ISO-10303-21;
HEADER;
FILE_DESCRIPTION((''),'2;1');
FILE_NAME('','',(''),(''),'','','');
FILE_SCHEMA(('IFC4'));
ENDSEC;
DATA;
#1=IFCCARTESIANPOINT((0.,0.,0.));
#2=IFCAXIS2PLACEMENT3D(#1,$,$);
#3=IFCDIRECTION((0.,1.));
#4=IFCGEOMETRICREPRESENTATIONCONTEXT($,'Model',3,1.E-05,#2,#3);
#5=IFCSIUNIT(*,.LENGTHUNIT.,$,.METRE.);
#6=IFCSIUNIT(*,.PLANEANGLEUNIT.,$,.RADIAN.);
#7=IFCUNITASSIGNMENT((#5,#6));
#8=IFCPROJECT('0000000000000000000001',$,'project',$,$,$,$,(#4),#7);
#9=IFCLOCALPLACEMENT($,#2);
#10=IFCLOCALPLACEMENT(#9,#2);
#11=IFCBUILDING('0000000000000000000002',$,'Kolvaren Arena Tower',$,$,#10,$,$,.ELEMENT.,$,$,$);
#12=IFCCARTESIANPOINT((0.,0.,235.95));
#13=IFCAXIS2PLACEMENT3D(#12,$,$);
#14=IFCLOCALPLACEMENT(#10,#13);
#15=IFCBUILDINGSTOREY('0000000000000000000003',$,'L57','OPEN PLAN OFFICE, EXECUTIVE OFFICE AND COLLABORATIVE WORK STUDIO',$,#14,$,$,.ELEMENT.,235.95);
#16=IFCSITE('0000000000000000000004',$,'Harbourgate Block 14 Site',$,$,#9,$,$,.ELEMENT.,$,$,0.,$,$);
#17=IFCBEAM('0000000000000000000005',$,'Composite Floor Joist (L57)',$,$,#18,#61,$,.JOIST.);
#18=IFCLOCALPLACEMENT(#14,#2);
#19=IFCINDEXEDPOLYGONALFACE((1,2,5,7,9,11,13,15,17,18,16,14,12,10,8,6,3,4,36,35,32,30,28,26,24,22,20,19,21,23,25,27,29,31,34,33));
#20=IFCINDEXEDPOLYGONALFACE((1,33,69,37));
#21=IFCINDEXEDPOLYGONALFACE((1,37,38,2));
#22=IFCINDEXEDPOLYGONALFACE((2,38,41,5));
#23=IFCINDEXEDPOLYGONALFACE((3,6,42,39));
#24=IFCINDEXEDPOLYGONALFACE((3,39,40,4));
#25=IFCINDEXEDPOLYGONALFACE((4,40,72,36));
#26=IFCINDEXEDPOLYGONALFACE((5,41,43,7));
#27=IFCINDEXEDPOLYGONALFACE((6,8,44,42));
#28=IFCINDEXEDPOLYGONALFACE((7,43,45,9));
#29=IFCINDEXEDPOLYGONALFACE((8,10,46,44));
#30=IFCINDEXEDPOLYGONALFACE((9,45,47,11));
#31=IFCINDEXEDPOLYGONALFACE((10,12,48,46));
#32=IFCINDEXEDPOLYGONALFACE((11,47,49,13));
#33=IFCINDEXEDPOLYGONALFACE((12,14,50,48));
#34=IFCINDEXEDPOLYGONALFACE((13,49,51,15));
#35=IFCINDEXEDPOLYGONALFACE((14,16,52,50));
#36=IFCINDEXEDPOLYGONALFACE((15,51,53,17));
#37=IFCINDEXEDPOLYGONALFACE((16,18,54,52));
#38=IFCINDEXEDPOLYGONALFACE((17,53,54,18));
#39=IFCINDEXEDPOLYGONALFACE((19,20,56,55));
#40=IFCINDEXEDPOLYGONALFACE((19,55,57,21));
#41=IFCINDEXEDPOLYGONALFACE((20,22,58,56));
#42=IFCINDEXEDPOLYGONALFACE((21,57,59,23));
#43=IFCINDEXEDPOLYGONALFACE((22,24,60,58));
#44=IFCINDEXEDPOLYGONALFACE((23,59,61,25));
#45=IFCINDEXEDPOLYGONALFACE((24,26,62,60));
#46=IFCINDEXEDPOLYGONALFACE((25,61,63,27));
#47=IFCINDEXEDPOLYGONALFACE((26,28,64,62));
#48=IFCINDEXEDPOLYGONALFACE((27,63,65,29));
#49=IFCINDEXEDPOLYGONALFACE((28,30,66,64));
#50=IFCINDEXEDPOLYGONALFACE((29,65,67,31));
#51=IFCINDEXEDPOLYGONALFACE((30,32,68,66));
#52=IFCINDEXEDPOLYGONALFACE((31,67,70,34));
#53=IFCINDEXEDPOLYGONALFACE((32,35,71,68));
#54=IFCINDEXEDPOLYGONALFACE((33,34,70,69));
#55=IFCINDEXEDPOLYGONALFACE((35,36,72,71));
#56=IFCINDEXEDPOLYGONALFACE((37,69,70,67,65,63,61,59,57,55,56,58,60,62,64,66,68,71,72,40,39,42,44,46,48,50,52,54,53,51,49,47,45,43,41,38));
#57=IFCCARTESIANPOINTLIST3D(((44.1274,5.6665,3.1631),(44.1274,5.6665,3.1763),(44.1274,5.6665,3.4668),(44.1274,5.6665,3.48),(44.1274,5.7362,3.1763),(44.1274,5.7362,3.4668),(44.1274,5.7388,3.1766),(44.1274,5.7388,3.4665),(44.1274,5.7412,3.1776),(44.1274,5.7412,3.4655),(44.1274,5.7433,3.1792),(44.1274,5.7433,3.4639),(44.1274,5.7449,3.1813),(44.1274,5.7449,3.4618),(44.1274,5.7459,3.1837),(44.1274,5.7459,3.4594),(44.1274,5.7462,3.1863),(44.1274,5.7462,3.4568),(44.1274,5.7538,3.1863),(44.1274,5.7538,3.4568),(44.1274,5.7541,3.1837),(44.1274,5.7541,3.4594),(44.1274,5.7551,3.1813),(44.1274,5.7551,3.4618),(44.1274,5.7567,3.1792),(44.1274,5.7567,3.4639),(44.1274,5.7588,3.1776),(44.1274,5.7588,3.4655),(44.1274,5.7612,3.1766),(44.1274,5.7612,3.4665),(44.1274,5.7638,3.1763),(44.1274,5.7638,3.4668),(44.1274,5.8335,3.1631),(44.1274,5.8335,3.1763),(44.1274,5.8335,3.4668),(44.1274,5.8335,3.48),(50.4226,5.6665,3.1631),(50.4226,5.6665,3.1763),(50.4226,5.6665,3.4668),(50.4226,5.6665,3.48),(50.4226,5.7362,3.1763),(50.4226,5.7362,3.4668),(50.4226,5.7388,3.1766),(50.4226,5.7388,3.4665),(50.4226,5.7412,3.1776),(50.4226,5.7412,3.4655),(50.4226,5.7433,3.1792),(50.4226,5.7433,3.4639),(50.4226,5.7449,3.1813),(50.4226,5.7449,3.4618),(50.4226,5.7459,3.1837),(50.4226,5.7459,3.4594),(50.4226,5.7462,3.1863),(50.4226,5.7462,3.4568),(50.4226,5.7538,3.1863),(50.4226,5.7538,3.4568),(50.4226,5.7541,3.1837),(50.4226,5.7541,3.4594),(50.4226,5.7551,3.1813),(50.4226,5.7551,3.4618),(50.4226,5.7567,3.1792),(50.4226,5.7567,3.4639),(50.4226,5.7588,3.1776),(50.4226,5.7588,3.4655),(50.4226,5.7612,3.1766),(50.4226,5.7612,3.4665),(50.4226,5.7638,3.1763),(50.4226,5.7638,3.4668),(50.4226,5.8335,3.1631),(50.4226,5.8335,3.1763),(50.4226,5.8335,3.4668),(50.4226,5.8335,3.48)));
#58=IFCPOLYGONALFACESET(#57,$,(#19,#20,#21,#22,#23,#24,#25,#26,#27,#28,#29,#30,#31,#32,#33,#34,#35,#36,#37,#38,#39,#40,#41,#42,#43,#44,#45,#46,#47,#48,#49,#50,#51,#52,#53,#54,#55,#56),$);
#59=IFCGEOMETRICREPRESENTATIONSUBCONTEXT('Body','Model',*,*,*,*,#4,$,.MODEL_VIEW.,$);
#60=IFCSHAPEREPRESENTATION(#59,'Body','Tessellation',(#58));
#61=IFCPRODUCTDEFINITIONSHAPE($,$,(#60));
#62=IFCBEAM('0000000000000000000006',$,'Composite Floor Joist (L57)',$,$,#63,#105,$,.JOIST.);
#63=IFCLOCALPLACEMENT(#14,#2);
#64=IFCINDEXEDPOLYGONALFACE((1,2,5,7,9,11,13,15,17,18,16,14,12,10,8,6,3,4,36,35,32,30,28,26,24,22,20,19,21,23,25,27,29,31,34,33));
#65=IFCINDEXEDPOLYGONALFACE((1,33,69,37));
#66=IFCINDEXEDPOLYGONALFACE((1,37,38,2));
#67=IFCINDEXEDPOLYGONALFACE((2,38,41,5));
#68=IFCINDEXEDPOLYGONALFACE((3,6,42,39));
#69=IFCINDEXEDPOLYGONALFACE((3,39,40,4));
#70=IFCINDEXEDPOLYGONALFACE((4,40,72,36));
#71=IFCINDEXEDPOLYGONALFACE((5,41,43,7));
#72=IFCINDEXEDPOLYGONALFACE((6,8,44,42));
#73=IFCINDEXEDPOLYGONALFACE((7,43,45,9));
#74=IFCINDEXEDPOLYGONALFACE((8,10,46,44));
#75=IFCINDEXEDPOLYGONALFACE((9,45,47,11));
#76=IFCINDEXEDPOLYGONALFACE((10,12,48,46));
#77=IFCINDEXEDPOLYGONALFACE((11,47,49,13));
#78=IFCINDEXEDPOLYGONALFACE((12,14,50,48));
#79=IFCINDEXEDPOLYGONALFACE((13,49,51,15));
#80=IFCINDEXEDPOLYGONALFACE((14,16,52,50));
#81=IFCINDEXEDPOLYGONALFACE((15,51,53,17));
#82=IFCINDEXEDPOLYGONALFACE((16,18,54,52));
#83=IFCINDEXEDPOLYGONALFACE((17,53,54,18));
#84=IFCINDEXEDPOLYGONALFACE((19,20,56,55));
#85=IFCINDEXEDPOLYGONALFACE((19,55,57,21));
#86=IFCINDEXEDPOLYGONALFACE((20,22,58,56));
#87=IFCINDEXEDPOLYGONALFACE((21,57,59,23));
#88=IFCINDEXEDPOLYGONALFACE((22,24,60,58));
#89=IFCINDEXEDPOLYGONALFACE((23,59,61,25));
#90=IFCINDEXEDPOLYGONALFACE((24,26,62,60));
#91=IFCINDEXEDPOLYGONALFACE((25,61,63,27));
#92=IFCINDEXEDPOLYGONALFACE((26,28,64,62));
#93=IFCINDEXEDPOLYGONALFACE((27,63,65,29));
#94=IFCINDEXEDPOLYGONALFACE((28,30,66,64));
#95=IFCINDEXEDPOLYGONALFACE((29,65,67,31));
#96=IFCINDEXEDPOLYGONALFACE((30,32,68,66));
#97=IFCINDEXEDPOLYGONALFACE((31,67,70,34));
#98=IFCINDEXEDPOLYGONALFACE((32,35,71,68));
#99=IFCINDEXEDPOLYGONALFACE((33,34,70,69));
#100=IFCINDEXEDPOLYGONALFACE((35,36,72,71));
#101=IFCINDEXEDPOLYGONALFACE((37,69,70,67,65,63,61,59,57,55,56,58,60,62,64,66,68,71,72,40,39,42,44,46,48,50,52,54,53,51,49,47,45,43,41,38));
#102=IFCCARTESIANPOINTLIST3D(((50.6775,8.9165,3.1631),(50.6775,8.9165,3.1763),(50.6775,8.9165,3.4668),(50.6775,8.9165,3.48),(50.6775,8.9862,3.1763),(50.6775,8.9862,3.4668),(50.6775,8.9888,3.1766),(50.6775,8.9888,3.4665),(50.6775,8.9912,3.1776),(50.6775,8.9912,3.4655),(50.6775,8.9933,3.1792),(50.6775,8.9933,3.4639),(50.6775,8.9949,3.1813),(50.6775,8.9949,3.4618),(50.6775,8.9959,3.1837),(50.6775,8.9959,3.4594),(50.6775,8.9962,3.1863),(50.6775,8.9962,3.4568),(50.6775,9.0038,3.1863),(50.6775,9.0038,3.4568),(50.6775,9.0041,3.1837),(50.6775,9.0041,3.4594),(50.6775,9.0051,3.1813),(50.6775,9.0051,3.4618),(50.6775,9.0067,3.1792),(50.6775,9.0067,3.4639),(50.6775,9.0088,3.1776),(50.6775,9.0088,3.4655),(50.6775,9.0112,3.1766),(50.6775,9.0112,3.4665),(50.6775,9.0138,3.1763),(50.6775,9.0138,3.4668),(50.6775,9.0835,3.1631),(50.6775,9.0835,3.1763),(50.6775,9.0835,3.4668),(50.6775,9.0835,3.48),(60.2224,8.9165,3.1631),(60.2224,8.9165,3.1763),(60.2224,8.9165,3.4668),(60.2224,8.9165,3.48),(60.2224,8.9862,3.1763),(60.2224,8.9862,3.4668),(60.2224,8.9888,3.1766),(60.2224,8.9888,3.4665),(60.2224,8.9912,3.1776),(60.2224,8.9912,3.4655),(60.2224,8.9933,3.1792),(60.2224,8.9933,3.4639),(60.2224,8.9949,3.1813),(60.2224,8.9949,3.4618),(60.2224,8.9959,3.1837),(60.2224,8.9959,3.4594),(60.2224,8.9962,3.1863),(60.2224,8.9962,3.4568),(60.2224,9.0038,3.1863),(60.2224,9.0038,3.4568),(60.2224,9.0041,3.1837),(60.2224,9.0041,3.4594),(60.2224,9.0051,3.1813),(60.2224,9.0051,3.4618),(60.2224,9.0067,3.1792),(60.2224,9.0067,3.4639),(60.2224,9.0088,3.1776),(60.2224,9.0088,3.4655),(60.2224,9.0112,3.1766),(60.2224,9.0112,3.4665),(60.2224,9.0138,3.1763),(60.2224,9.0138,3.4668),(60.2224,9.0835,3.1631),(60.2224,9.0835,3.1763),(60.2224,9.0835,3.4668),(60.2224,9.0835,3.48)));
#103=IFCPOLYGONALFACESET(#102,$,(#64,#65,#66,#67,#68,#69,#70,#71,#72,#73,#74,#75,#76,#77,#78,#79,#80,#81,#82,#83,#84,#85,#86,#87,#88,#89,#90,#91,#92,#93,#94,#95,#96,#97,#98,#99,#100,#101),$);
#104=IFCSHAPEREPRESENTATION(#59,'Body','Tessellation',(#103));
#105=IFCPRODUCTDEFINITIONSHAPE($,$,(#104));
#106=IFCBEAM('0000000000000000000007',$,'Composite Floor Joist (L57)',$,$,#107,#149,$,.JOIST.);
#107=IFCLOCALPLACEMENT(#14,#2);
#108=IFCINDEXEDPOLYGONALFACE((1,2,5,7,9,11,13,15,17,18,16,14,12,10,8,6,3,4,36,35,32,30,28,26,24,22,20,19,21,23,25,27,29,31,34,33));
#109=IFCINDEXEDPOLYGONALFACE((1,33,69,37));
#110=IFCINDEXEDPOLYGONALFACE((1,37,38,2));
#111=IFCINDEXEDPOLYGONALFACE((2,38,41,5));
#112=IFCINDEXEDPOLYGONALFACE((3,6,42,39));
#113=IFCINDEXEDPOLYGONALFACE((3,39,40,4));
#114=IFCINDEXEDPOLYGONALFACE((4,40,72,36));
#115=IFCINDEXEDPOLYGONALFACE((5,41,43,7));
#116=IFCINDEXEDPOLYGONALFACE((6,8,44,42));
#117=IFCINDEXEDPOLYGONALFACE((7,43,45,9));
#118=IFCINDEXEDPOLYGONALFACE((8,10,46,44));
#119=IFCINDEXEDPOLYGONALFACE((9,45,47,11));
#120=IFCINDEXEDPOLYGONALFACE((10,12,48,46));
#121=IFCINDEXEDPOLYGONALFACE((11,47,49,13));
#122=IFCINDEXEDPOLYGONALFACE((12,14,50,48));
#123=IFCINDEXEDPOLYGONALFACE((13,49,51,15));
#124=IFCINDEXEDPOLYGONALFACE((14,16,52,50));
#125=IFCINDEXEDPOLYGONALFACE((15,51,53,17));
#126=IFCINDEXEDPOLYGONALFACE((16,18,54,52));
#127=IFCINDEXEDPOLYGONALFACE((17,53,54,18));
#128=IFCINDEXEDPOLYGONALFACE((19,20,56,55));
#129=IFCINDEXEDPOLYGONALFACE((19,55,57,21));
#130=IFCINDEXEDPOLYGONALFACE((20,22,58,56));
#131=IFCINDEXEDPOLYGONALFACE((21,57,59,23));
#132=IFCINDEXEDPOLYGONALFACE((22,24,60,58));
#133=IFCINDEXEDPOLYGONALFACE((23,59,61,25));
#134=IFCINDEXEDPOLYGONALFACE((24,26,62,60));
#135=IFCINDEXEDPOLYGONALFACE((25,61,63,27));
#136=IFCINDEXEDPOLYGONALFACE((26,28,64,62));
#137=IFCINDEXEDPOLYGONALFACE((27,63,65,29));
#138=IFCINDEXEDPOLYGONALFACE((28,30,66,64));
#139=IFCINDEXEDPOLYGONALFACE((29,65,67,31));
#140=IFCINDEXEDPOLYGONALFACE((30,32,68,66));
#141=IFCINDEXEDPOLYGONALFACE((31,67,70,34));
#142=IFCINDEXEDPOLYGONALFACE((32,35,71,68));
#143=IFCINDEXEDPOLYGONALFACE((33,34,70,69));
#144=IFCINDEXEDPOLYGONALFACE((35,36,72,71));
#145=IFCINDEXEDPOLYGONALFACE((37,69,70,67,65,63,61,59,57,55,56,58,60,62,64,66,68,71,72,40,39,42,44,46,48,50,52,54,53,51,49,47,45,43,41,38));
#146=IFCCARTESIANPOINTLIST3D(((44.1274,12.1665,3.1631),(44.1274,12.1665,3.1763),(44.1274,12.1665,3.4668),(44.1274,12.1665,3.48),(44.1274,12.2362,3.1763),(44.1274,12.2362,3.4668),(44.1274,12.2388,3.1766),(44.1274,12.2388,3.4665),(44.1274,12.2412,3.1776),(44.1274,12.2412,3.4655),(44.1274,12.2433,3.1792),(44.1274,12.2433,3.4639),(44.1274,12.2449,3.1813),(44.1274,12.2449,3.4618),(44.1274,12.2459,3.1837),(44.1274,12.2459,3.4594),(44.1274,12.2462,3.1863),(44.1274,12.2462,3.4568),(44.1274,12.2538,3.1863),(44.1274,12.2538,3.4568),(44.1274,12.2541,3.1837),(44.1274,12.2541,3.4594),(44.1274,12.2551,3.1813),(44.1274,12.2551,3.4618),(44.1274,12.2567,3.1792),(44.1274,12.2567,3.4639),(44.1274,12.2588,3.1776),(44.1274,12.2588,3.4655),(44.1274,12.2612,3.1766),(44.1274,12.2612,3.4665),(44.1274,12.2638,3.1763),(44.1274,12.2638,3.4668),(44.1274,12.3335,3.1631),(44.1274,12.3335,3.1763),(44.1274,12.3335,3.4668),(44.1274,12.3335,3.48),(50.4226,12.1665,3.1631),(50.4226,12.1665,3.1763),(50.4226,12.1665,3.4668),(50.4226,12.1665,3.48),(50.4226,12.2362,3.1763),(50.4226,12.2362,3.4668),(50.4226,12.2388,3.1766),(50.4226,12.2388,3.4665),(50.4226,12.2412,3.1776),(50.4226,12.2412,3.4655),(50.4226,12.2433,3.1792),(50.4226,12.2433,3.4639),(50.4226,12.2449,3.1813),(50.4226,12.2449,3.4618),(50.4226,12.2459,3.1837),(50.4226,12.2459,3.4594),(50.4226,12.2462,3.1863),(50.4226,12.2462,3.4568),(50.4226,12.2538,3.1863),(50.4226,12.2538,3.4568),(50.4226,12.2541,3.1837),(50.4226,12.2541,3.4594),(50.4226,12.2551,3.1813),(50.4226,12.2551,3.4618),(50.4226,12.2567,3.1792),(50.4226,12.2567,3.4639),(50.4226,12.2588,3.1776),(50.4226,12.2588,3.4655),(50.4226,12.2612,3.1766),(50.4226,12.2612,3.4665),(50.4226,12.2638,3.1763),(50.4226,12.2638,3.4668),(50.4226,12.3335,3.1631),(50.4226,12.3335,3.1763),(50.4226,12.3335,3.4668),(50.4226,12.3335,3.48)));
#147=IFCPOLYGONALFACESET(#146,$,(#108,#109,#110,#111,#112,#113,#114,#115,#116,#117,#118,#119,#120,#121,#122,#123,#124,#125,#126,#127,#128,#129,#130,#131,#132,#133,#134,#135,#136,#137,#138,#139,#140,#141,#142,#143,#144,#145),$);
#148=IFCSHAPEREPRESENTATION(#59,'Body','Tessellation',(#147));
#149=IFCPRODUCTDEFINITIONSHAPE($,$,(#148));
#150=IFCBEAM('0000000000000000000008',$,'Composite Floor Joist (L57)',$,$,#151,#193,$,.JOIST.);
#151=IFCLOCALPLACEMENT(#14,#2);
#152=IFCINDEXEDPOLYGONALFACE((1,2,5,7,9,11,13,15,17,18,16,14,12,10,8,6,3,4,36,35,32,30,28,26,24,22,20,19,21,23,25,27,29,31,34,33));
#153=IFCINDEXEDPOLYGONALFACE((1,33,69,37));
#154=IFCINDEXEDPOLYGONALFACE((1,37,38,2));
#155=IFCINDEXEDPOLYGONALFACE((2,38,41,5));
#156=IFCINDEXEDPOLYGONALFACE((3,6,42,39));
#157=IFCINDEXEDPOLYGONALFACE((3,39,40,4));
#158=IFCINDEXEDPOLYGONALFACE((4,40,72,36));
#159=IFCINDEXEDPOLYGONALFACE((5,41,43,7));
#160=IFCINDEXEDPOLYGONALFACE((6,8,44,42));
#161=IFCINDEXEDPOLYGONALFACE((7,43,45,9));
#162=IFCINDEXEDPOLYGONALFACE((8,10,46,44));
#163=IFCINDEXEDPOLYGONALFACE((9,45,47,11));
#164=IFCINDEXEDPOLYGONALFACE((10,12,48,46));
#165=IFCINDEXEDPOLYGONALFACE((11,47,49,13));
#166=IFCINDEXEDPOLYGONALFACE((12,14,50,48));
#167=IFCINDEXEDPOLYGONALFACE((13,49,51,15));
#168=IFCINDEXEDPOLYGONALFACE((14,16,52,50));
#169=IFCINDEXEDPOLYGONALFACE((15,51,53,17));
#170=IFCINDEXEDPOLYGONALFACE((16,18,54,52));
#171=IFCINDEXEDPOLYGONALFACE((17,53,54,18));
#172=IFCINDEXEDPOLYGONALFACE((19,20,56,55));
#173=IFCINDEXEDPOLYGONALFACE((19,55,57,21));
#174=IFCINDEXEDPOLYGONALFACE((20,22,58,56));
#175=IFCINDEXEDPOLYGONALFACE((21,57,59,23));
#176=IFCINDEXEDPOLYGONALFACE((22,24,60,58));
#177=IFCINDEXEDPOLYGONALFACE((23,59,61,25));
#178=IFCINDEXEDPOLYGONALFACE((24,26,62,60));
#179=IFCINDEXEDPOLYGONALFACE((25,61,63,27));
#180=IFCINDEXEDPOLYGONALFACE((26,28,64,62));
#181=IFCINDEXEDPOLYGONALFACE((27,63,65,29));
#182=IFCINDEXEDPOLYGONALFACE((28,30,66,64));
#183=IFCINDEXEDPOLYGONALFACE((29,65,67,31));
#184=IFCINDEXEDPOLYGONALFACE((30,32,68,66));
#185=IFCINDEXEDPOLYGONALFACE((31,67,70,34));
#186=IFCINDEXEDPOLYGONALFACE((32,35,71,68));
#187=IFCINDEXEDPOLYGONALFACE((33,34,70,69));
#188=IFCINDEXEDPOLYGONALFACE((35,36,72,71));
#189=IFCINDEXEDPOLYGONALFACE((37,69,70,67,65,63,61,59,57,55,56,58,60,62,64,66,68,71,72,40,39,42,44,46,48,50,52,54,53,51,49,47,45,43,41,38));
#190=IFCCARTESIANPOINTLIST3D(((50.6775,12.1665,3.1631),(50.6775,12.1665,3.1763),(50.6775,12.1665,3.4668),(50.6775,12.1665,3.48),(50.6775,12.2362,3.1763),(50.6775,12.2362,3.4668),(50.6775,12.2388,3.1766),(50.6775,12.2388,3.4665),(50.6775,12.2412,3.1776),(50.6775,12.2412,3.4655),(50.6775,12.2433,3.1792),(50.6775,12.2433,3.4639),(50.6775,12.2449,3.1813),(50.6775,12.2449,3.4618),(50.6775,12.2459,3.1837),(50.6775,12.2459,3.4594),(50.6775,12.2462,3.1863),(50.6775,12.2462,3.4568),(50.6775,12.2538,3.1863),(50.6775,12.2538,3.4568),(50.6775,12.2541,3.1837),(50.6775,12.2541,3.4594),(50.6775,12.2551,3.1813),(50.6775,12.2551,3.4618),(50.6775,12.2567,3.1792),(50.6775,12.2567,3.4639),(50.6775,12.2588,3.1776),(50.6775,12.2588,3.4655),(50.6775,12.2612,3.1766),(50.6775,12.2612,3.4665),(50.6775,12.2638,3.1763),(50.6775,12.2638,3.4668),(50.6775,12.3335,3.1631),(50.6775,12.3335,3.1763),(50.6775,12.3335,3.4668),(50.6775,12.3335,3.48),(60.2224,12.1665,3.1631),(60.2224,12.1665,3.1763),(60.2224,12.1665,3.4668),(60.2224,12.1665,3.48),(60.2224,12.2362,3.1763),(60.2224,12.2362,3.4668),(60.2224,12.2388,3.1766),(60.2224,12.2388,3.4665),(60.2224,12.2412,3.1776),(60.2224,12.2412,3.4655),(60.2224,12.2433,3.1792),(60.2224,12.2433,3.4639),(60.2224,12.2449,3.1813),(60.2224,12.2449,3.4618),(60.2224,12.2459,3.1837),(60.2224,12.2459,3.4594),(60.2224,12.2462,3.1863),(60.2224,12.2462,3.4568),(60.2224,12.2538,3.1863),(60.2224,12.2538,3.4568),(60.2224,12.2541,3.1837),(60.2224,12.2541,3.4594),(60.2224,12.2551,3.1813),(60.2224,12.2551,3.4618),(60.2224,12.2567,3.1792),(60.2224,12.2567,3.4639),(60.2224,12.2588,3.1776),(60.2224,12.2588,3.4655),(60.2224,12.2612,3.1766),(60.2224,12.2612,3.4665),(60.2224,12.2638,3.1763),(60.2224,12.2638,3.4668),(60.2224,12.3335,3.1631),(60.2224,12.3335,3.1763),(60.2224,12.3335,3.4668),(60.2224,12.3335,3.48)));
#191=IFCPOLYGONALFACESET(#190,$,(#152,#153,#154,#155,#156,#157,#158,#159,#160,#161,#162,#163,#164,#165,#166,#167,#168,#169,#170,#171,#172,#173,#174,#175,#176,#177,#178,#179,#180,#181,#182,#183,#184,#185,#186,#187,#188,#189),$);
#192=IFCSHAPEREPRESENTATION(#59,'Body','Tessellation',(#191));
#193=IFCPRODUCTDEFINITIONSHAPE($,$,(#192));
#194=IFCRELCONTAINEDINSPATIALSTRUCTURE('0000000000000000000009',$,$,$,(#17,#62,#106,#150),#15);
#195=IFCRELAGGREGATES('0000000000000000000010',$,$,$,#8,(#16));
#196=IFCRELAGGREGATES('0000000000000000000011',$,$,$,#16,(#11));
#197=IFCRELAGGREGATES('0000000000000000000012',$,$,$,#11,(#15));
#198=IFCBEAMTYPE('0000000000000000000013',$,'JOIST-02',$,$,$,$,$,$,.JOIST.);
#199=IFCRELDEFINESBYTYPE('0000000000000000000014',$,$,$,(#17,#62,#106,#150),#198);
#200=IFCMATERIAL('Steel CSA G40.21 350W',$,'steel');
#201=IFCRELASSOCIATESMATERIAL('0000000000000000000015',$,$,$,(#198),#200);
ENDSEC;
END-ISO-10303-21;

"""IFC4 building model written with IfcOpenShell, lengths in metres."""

from ifc_helpers import new_model, si_unit, direction, frame, origin, origin_2d, place, context, subcontext, project, spatial, i_section, extrude, material, material_profile, profile_set, type_object, element, save


model = new_model("IFC4")

# Units and contexts
model_context = context("Model", 3, precision=1e-05, world=origin(), true_north=direction((0.0, 1.0)))
body_context = subcontext(model_context, "Body", "Model", "MODEL_VIEW")
ifc_project = project(units=[si_unit("LENGTHUNIT", "METRE"), si_unit("PLANEANGLEUNIT", "RADIAN")], contexts=[model_context])

# Site, building, storey
site_placement = place(None, origin())
site = spatial("IfcSite", under=ifc_project, at=site_placement, Name="Harbourgate Block 14 Site", CompositionType="ELEMENT", RefElevation=0.0)
building_placement = place(site_placement, origin())
building = spatial("IfcBuilding", under=site, at=building_placement, Name="Kolvaren Arena Tower", CompositionType="ELEMENT")
storey_placement = place(building_placement, frame((0.0, 0.0, 235.95)))
storey = spatial("IfcBuildingStorey", under=building, at=storey_placement, Name="L57", Description="OPEN PLAN OFFICE, EXECUTIVE OFFICE AND COLLABORATIVE WORK STUDIO", CompositionType="ELEMENT", Elevation=235.95)

# Beams
ifc_material_1 = material(Name="Steel CSA G40.21 350W", Category="steel")
ifc_material_profile_1 = material_profile(ifc_material_1, i_section(OverallWidth=0.167, OverallDepth=0.3169, WebThickness=0.0076, FlangeThickness=0.0132, FilletRadius=0.01, at=origin_2d()), Name="W310x52")
ifc_profile_set_1 = profile_set([ifc_material_profile_1], Name="Steel CSA G40.21 350W")
beam_type_1 = type_object("IfcBeamType", Name="JOIST-02", PredefinedType="JOIST", material=ifc_profile_set_1)
for number, where, z_axis, x_axis, name in (
    (1, (44.1274, 5.75, 3.3215), (1.0, 0.0, 0.0), (0.0, 1.0, 0.0), "Composite Floor Joist (L57)"),
):
    element("IfcBeam", number, at=place(storey_placement, frame(where, z_axis=z_axis, x_axis=x_axis)), inside=storey, type_object=beam_type_1, Name=name, PredefinedType="JOIST", context=body_context, shape_type="SweptSolid", body=[
        extrude(i_section(OverallWidth=0.167, OverallDepth=0.3169, WebThickness=0.0076, FlangeThickness=0.0132, FilletRadius=0.01, at=origin_2d()), origin(), (0.0, 0.0, 1.0), 6.2952),
    ])
beam_1_placement = place(storey_placement, frame((50.6775, 9.0, 3.3215), z_axis=(1.0, 0.0, 0.0), x_axis=(0.0, 1.0, 0.0)))
element("IfcBeam", 2, at=beam_1_placement, inside=storey, type_object=beam_type_1, Name="Composite Floor Joist (L57)", PredefinedType="JOIST", context=body_context, shape_type="SweptSolid", body=[
    extrude(i_section(OverallWidth=0.167, OverallDepth=0.3169, WebThickness=0.0076, FlangeThickness=0.0132, FilletRadius=0.01, at=origin_2d()), origin(), (0.0, 0.0, 1.0), 9.5449),
])
beam_2_placement = place(storey_placement, frame((44.1274, 12.25, 3.3215), z_axis=(1.0, 0.0, 0.0), x_axis=(0.0, 1.0, 0.0)))
element("IfcBeam", 3, at=beam_2_placement, inside=storey, type_object=beam_type_1, Name="Composite Floor Joist (L57)", PredefinedType="JOIST", context=body_context, shape_type="SweptSolid", body=[
    extrude(i_section(OverallWidth=0.167, OverallDepth=0.3169, WebThickness=0.0076, FlangeThickness=0.0132, FilletRadius=0.01, at=origin_2d()), origin(), (0.0, 0.0, 1.0), 6.2952),
])
beam_3_placement = place(storey_placement, frame((50.6775, 12.25, 3.3215), z_axis=(1.0, 0.0, 0.0), x_axis=(0.0, 1.0, 0.0)))
element("IfcBeam", 4, at=beam_3_placement, inside=storey, type_object=beam_type_1, Name="Composite Floor Joist (L57)", PredefinedType="JOIST", context=body_context, shape_type="SweptSolid", body=[
    extrude(i_section(OverallWidth=0.167, OverallDepth=0.3169, WebThickness=0.0076, FlangeThickness=0.0132, FilletRadius=0.01, at=origin_2d()), origin(), (0.0, 0.0, 1.0), 9.5449),
])

save(model, "model.ifc")
